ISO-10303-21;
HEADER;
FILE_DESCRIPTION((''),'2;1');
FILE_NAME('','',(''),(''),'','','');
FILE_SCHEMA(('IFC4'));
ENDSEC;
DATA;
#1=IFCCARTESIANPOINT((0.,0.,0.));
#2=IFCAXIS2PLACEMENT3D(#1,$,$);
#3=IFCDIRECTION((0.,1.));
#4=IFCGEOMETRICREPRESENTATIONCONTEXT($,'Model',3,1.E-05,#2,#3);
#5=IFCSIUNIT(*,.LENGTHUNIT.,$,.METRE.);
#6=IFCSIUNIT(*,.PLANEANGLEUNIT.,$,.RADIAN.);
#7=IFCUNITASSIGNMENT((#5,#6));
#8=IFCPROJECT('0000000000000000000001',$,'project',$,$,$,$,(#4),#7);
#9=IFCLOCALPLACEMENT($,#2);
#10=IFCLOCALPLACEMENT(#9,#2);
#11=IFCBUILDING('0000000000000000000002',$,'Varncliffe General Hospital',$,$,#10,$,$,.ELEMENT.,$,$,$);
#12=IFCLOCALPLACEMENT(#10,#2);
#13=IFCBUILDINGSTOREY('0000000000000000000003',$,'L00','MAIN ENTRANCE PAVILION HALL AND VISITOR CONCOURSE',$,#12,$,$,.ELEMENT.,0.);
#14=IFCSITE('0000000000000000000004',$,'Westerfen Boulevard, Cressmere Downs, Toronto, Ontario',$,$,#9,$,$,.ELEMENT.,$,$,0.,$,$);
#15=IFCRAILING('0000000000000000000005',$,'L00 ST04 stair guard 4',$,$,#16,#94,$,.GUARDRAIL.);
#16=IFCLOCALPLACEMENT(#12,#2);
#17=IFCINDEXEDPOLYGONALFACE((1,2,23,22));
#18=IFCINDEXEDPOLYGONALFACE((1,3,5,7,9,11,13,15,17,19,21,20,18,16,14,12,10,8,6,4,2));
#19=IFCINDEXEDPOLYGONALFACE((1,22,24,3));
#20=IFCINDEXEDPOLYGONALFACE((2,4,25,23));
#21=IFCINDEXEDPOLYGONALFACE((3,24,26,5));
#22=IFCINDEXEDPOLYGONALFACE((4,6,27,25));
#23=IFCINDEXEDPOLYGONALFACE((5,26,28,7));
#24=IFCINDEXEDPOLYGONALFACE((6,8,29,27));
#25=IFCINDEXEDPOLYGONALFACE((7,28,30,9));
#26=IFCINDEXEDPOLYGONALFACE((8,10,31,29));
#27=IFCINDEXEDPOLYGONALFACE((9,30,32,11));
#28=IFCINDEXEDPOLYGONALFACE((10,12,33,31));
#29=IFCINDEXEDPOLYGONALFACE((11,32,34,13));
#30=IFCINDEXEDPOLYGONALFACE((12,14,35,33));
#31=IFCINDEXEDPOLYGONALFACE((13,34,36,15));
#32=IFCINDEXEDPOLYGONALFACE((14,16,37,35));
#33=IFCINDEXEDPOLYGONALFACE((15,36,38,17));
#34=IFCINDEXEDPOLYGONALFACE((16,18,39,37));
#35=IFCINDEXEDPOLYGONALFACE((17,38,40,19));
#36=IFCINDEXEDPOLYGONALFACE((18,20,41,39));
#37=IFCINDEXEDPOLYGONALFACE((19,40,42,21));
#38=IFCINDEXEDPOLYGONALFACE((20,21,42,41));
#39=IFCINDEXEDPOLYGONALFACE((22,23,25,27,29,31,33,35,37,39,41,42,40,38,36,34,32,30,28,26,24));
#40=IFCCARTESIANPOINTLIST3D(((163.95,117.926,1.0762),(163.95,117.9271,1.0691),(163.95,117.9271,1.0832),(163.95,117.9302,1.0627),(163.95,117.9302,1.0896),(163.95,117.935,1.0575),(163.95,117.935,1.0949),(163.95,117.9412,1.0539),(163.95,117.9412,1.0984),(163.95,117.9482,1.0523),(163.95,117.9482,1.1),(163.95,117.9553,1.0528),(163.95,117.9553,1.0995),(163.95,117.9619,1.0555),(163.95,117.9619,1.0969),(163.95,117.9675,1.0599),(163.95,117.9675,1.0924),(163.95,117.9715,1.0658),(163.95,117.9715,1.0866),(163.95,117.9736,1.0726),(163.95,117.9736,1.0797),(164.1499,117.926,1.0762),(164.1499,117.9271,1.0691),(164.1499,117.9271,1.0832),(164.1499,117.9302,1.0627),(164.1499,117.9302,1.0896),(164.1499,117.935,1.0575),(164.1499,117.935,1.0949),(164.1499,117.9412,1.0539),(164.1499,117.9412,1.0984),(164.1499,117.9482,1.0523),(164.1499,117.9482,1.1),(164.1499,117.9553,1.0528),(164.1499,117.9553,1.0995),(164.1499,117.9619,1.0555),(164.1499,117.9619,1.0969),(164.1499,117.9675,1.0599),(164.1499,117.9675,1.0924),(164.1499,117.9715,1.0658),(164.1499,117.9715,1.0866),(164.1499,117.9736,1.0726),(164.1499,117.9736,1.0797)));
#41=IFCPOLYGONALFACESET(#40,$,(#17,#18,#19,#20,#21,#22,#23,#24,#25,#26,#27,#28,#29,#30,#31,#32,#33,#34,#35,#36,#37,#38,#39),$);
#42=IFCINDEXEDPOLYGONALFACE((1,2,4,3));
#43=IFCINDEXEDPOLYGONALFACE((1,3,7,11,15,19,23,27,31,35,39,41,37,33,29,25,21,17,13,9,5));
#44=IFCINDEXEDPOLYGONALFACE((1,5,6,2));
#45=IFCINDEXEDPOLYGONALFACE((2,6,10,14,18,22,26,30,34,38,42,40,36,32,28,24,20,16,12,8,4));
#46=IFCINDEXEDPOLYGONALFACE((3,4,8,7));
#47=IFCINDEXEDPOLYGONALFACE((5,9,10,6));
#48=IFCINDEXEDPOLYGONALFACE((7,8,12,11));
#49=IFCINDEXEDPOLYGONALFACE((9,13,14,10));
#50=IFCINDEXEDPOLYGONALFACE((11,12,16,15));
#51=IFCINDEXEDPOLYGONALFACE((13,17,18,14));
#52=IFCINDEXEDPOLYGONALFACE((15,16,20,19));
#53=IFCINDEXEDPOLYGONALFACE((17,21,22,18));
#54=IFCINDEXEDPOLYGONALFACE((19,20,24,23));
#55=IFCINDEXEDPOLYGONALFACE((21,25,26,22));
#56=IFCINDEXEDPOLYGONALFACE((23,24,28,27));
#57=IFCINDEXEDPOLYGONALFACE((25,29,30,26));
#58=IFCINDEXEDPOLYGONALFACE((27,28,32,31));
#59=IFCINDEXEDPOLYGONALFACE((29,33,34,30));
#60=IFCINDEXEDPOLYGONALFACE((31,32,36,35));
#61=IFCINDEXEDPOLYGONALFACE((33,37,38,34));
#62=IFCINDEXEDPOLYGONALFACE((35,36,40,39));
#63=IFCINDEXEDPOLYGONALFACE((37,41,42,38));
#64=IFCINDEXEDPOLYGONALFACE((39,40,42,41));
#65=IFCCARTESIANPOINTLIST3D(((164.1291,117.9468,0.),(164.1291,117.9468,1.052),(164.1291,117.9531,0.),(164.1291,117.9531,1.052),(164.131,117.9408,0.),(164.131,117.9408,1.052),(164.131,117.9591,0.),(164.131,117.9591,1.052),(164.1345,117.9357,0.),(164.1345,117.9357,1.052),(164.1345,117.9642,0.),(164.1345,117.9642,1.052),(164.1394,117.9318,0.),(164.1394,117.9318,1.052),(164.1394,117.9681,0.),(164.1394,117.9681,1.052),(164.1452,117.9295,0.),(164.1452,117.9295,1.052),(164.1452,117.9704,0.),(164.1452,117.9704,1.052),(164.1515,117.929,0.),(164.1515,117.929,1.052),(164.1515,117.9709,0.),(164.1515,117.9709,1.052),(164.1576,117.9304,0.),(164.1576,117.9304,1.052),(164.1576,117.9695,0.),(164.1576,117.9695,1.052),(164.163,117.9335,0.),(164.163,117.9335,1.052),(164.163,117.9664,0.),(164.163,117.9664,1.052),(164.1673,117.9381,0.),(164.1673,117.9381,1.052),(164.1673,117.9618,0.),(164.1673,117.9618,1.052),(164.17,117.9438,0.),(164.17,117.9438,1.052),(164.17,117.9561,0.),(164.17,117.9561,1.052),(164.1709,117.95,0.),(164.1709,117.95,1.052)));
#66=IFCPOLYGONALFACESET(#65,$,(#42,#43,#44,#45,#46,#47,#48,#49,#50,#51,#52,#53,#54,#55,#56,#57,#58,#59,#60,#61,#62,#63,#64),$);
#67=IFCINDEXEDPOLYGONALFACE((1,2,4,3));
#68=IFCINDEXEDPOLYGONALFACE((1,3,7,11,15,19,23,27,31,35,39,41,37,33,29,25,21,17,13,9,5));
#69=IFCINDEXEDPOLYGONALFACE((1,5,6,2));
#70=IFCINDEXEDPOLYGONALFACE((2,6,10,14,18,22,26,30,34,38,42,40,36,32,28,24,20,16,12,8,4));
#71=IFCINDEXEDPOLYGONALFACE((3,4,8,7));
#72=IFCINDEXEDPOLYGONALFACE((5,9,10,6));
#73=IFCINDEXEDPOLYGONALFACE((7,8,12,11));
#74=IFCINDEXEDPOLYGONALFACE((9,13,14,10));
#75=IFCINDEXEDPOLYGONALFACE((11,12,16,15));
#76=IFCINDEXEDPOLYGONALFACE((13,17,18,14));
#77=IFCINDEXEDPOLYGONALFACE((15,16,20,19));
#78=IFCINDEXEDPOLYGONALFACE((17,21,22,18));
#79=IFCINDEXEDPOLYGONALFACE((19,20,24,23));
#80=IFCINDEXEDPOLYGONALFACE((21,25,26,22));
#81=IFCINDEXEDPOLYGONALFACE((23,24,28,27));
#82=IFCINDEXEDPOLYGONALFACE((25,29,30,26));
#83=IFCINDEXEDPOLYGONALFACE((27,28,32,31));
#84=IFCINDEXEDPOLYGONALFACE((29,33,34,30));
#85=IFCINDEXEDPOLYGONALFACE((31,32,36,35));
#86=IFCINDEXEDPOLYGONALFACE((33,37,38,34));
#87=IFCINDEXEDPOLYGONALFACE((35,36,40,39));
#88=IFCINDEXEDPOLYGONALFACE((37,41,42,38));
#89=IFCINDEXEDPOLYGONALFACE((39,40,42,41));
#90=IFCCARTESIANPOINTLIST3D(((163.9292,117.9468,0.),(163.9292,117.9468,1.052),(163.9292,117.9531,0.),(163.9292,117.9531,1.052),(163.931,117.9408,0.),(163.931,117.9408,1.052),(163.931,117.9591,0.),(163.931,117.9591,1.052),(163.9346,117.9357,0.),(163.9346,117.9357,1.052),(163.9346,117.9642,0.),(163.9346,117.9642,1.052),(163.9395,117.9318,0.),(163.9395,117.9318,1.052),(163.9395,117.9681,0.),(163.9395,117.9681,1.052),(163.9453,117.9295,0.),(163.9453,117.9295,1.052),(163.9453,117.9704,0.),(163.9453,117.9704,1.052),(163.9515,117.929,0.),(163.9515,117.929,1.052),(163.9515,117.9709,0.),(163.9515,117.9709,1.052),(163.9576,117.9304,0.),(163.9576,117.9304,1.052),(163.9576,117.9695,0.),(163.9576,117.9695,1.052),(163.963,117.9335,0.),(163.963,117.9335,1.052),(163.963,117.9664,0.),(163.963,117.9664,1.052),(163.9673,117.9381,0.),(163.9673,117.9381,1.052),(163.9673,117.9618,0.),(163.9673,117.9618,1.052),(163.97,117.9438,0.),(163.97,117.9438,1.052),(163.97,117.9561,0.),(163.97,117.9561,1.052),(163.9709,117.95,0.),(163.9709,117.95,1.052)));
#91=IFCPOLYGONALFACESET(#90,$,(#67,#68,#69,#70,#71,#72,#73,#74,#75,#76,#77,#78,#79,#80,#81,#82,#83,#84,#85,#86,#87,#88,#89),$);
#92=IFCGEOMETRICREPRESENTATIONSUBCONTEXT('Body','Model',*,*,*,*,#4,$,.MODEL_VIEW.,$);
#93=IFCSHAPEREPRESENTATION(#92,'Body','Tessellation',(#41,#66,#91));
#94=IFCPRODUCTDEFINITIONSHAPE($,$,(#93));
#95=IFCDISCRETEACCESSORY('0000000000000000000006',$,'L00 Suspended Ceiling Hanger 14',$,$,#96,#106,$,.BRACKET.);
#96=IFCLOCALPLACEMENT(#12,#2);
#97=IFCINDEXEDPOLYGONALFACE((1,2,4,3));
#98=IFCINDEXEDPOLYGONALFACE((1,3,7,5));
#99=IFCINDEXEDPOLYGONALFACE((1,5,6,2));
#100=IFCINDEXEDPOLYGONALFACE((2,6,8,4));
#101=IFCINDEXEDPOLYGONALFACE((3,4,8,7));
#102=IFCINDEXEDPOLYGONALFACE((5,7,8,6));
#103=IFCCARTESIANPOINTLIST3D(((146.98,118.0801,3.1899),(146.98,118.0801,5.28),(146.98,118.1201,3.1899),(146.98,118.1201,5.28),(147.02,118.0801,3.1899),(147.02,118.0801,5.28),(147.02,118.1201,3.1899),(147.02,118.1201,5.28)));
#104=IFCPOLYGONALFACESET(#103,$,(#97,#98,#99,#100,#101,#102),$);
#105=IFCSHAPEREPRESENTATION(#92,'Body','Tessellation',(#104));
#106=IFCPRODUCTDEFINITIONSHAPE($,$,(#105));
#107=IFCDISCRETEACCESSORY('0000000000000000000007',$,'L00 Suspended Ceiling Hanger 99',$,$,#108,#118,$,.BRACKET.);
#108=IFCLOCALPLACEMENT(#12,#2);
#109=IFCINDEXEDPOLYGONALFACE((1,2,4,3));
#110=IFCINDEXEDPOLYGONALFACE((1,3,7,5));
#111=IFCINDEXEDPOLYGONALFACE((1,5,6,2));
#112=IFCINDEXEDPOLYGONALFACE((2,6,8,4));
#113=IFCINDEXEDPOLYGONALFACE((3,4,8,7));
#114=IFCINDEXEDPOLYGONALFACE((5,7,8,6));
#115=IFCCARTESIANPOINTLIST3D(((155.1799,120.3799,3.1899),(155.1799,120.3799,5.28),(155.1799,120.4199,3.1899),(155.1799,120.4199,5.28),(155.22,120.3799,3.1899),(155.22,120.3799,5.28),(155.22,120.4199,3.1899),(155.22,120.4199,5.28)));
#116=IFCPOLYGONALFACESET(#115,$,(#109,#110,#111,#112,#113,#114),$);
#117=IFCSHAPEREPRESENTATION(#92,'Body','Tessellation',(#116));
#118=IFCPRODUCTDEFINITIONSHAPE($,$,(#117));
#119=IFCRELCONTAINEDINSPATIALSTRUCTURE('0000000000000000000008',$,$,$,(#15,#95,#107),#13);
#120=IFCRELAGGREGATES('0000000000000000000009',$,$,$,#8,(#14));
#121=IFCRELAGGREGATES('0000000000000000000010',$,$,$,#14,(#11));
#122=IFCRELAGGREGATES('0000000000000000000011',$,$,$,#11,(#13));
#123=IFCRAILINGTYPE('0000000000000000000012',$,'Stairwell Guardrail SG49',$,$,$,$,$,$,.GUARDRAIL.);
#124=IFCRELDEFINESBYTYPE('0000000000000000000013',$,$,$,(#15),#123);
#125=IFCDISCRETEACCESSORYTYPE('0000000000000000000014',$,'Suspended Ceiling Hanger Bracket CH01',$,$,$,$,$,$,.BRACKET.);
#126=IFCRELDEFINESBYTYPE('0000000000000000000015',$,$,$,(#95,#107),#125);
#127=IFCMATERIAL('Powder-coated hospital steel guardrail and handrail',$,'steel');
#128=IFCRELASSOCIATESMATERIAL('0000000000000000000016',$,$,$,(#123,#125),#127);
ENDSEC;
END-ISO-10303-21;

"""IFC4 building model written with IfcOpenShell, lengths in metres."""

from ifc_helpers import new_model, si_unit, direction, frame, origin, origin_2d, place, context, subcontext, project, spatial, rectangle, circle, extrude, material, type_object, element, save


model = new_model("IFC4")

# Units and contexts
model_context = context("Model", 3, precision=1e-05, world=origin(), true_north=direction((0.0, 1.0)))
body_context = subcontext(model_context, "Body", "Model", "MODEL_VIEW")
ifc_project = project(units=[si_unit("LENGTHUNIT", "METRE"), si_unit("PLANEANGLEUNIT", "RADIAN")], contexts=[model_context])

# Site, building, storey
site_placement = place(None, origin())
site = spatial("IfcSite", under=ifc_project, at=site_placement, Name="Westerfen Boulevard, Cressmere Downs, Toronto, Ontario", CompositionType="ELEMENT", RefElevation=0.0)
building_placement = place(site_placement, origin())
building = spatial("IfcBuilding", under=site, at=building_placement, Name="Varncliffe General Hospital", CompositionType="ELEMENT")
storey_placement = place(building_placement, origin())
storey = spatial("IfcBuildingStorey", under=building, at=storey_placement, Name="L00", Description="MAIN ENTRANCE PAVILION HALL AND VISITOR CONCOURSE", CompositionType="ELEMENT", Elevation=0.0)

# Railing
ifc_material_1 = material(Name="Powder-coated hospital steel guardrail and handrail", Category="steel")
railing_type_1 = type_object("IfcRailingType", Name="Stairwell Guardrail SG49", PredefinedType="GUARDRAIL", material=ifc_material_1)
railing_1_placement = place(storey_placement, frame((164.1499, 117.95, 0.0)))
element("IfcRailing", 1, at=railing_1_placement, inside=storey, type_object=railing_type_1, Name="L00 ST04 stair guard 4", PredefinedType="GUARDRAIL", context=body_context, shape_type="SweptSolid", body=[
    extrude(circle(Radius=0.0239, at=origin_2d()), frame((0.0, 0.0, 1.0762), z_axis=(-1.0, 0.0, 0.0), x_axis=(0.0, -1.0, 0.0)), (0.0, 0.0, 1.0), 0.2),
    extrude(circle(Radius=0.021, at=origin_2d()), origin(), (0.0, 0.0, 1.0), 1.052),
    extrude(circle(Radius=0.021, at=origin_2d()), frame((-0.2, 0.0, 0.0)), (0.0, 0.0, 1.0), 1.052),
])

# Discrete accessories
discrete_accessory_type = type_object("IfcDiscreteAccessoryType", Name="Suspended Ceiling Hanger Bracket CH01", PredefinedType="BRACKET", material=ifc_material_1)
for number, where, z_axis, x_axis, name in (
    (2, (147.0, 118.1001, 3.1899), (0.0, 0.0, 1.0), (1.0, 0.0, 0.0), "L00 Suspended Ceiling Hanger 14"),
    (3, (155.2, 120.3999, 3.1899), (0.0, 0.0, 1.0), (1.0, 0.0, 0.0), "L00 Suspended Ceiling Hanger 99"),
):
    element("IfcDiscreteAccessory", number, at=place(storey_placement, frame(where, z_axis=z_axis, x_axis=x_axis)), inside=storey, type_object=discrete_accessory_type, Name=name, PredefinedType="BRACKET", context=body_context, shape_type="SweptSolid", body=[
        extrude(rectangle(XDim=0.04, YDim=0.04, at=origin_2d()), origin(), (0.0, 0.0, 1.0), 2.0901),
    ])

save(model, "model.ifc")
